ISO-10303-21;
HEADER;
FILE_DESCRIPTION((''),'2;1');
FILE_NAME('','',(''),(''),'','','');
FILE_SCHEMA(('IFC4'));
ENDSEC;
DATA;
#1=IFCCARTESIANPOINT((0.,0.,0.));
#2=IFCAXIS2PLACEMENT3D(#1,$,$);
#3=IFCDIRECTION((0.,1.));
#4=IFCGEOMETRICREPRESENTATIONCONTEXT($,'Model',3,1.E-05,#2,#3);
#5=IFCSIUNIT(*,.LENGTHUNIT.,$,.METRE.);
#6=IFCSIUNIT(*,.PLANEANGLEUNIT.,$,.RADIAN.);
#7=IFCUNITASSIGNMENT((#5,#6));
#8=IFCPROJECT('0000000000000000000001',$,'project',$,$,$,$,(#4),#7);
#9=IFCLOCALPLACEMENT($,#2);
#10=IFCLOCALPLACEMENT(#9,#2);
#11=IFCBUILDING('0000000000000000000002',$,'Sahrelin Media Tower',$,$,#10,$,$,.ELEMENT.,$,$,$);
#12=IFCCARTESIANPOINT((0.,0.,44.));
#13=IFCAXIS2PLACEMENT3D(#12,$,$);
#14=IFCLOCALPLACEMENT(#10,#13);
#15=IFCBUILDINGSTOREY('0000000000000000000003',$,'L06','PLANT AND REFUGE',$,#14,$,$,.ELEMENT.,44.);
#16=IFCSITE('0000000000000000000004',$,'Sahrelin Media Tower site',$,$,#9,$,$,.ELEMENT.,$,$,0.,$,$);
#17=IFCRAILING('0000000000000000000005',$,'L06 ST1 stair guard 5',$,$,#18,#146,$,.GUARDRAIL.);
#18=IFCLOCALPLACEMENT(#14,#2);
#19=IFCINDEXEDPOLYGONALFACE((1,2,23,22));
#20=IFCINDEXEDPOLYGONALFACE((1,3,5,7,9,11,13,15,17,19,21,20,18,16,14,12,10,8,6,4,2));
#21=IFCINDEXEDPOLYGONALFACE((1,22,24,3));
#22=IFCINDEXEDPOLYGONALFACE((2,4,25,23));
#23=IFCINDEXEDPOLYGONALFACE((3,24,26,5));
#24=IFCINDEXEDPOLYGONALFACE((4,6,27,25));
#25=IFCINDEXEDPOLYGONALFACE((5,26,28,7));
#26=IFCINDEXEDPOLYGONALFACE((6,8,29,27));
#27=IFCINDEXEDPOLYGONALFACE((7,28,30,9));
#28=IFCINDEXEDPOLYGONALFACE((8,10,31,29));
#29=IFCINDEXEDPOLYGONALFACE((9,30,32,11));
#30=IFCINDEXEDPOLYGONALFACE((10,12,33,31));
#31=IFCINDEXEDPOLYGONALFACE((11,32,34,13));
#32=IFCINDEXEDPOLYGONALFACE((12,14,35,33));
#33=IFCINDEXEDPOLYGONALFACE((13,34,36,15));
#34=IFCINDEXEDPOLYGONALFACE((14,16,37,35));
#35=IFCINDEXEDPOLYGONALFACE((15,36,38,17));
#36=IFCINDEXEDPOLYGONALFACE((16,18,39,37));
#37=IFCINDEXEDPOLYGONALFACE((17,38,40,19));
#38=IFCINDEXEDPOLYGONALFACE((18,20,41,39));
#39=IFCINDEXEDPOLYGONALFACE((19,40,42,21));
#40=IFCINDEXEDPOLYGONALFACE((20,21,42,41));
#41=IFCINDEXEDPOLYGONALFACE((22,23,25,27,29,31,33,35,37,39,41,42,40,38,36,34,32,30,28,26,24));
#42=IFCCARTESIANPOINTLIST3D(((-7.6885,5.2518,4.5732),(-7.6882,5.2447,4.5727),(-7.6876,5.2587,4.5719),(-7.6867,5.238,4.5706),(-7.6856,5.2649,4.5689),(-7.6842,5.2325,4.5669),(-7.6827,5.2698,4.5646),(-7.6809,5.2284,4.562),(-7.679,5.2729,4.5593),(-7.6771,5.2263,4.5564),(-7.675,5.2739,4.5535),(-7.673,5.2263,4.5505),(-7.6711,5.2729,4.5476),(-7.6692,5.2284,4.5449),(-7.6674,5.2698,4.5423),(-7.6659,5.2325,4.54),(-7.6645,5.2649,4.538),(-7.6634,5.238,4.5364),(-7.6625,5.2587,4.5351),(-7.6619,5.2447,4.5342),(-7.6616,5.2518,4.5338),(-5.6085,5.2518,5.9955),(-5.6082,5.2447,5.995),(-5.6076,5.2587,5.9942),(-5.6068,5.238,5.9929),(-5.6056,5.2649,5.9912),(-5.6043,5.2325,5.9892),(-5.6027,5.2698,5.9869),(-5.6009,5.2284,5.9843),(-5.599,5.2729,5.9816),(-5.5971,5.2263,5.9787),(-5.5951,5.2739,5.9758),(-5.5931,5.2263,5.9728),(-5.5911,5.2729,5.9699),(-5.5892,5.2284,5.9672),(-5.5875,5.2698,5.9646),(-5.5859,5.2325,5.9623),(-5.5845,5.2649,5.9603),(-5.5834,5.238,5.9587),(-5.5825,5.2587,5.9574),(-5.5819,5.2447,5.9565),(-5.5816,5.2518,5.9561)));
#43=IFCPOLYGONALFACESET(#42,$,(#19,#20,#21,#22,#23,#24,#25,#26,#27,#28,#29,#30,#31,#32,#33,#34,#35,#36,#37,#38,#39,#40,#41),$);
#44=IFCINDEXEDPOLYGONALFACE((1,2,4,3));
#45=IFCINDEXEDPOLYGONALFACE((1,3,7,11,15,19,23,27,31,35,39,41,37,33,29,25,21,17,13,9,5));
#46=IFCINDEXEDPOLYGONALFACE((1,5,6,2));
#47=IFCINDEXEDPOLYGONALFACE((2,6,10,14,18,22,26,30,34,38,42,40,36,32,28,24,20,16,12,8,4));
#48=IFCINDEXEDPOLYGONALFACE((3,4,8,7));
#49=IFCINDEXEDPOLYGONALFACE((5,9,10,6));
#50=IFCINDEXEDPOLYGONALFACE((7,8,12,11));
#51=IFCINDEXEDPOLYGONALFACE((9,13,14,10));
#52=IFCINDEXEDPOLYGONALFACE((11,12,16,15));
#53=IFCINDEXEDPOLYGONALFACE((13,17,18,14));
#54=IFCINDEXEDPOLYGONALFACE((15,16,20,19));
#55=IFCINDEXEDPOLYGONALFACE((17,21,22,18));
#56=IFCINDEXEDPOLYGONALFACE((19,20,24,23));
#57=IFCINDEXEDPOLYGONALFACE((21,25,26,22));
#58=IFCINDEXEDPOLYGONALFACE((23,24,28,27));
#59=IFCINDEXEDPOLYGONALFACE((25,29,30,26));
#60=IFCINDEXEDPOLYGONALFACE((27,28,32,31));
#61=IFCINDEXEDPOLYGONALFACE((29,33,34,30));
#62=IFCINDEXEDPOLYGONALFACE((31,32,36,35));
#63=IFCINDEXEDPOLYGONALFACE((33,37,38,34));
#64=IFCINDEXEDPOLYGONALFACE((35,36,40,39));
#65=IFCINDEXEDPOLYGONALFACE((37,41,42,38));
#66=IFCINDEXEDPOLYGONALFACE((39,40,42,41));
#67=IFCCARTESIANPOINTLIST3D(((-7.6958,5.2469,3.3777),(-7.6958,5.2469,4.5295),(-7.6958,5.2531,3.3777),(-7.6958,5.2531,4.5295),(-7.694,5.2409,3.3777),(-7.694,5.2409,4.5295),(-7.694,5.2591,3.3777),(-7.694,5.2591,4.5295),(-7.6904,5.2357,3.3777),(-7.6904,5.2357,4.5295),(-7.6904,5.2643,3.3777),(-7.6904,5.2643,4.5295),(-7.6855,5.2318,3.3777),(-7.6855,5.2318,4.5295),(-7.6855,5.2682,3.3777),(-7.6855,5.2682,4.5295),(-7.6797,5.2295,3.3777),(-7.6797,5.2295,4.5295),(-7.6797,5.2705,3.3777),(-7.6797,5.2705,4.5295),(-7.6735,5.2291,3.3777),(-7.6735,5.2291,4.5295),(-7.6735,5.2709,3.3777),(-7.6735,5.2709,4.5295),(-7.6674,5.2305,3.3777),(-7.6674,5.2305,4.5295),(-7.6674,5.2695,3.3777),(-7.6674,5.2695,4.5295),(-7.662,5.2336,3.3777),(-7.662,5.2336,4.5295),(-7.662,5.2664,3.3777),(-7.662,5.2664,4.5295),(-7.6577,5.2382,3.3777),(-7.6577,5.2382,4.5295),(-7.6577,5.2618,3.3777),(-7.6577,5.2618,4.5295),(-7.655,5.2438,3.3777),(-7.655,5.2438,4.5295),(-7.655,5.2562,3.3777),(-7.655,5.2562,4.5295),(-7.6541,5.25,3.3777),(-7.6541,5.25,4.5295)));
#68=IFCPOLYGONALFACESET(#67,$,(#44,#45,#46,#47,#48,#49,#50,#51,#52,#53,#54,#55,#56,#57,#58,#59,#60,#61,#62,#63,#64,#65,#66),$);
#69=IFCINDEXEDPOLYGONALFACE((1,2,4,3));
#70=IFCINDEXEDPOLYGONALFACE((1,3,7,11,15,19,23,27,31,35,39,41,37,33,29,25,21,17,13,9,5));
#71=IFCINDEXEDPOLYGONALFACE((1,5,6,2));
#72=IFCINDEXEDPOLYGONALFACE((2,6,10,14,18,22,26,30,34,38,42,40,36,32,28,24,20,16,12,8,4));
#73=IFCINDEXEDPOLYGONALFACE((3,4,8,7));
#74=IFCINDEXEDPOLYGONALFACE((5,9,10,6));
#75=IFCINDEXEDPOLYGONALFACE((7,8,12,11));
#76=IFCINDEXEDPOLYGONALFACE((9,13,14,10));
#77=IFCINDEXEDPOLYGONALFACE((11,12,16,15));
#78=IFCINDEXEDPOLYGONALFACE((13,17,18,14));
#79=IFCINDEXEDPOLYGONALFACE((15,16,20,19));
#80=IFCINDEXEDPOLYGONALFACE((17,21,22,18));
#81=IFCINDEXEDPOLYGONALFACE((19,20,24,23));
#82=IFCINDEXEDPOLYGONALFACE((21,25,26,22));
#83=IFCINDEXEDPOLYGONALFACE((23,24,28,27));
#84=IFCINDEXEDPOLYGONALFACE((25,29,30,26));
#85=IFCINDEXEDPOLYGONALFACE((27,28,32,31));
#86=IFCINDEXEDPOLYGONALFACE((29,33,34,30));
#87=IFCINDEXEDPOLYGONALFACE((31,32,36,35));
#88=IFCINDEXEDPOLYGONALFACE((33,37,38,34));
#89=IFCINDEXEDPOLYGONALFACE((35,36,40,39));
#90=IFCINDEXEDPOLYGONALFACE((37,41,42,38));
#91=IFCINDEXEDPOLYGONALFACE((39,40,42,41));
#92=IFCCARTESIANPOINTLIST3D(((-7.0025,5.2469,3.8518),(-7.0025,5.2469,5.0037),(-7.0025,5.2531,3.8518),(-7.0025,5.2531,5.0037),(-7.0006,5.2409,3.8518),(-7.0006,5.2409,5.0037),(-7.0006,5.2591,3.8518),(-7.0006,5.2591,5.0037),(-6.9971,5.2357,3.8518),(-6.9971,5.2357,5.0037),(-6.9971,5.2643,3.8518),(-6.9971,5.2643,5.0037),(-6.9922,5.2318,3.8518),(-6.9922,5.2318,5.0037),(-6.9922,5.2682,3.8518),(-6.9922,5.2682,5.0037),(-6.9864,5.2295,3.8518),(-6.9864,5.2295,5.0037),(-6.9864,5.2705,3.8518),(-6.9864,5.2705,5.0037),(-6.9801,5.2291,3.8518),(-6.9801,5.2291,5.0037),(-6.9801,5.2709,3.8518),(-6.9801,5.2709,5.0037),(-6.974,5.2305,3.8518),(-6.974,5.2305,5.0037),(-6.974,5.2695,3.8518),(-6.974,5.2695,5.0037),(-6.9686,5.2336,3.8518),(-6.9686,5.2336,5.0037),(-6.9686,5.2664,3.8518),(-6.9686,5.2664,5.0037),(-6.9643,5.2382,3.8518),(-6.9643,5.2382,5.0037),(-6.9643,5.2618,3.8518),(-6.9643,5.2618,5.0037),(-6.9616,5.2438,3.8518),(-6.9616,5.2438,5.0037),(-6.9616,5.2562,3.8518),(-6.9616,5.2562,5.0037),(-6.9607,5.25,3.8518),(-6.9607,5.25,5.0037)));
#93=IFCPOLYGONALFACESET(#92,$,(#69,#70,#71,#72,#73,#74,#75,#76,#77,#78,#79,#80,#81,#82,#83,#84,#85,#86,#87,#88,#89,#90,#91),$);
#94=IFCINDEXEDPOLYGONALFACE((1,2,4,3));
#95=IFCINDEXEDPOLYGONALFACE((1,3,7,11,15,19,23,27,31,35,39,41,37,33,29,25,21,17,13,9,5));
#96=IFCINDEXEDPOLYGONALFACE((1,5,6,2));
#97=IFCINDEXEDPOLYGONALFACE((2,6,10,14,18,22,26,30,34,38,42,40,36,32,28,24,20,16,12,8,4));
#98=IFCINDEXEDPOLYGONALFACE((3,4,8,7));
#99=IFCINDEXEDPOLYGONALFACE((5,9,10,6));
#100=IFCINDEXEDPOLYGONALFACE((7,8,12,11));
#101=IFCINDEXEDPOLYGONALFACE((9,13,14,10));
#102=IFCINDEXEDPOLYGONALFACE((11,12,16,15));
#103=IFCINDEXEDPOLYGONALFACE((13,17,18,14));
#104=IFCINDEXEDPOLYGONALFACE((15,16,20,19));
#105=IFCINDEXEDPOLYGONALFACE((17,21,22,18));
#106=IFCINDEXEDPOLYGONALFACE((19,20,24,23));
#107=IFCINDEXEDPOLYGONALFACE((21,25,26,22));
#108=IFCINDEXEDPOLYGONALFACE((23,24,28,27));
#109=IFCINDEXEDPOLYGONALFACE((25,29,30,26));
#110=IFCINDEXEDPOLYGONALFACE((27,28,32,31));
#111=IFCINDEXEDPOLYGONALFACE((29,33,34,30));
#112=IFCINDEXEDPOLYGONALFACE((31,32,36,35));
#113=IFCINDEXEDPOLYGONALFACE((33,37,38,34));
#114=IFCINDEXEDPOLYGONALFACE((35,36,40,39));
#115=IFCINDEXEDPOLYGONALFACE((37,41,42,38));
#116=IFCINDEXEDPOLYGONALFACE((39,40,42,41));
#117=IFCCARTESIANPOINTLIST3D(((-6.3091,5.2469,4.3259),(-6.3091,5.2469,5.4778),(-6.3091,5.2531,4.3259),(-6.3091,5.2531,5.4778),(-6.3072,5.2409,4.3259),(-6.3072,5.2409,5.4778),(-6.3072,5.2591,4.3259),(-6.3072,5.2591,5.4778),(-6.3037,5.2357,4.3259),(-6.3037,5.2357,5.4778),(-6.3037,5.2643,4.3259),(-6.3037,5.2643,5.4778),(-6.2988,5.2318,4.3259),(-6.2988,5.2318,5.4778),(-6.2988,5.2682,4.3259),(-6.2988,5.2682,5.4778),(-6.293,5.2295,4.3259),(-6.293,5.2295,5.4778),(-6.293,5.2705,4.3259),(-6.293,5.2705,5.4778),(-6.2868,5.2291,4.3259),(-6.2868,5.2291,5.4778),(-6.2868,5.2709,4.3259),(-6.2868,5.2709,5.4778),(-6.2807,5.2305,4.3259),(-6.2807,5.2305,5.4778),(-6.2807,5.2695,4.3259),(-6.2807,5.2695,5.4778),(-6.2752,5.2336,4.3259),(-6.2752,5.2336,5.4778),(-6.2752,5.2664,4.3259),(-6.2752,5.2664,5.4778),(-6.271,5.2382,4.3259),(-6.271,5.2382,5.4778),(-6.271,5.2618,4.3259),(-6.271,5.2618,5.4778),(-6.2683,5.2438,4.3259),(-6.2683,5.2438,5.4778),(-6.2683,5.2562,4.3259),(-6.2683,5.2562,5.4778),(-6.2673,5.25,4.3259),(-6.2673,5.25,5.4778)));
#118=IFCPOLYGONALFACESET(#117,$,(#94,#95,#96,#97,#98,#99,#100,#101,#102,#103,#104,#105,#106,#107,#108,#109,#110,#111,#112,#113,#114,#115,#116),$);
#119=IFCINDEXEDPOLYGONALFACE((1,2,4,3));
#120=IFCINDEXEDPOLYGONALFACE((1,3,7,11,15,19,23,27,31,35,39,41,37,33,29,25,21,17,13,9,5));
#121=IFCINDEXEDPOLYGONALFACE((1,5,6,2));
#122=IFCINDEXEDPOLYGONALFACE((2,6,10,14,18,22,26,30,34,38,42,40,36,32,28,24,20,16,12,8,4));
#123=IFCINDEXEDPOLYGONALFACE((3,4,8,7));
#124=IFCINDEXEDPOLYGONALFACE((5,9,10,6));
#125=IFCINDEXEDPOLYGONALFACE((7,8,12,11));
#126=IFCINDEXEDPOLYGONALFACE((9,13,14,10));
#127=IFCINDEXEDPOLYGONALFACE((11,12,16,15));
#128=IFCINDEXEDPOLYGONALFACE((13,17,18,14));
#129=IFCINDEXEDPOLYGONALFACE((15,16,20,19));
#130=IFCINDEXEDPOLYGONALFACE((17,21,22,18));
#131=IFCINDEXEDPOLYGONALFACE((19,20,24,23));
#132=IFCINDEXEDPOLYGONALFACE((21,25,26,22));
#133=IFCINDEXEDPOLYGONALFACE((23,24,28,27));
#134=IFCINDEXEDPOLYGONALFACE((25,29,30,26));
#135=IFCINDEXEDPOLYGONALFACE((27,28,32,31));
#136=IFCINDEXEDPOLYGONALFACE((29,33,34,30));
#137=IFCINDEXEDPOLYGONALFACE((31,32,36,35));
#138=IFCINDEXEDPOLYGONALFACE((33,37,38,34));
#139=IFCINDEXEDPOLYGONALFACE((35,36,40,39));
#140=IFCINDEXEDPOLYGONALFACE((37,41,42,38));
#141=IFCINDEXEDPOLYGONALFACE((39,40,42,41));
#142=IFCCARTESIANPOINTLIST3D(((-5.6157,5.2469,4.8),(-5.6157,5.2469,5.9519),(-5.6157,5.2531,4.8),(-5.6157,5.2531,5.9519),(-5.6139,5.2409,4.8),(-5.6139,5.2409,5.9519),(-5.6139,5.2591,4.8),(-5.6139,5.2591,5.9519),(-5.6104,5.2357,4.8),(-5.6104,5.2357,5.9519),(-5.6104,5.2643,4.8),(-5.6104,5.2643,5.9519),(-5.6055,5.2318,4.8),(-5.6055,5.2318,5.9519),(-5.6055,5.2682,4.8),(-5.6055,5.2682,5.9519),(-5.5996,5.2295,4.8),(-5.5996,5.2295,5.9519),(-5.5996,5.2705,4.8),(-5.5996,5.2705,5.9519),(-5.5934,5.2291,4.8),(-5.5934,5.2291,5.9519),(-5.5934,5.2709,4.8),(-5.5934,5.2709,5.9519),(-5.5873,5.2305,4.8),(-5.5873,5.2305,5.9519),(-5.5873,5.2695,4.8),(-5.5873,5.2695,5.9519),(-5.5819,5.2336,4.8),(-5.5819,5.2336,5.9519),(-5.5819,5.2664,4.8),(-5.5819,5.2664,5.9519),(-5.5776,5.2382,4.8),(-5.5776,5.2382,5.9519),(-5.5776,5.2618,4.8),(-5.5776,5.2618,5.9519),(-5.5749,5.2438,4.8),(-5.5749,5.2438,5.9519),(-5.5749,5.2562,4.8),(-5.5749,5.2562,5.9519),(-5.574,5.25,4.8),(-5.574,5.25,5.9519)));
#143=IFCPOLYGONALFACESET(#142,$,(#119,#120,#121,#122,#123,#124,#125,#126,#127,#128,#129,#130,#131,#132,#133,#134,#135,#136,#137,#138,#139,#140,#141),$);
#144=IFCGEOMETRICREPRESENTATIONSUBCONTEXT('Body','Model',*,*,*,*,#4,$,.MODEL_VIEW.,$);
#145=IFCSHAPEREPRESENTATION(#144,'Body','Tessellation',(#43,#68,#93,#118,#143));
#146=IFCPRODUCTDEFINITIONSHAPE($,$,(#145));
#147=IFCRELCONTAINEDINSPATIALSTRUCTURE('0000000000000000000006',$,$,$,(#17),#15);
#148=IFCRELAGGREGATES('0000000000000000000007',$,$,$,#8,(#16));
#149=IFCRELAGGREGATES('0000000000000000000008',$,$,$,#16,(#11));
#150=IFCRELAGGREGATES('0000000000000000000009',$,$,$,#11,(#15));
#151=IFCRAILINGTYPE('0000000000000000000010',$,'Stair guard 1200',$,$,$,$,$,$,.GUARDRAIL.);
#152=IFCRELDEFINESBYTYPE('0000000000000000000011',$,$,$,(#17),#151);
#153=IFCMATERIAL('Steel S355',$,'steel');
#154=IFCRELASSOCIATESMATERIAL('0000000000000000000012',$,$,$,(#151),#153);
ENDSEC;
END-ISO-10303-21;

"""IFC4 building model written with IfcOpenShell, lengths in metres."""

from ifc_helpers import new_model, si_unit, direction, frame, origin, origin_2d, place, context, subcontext, project, spatial, circle, extrude, material, type_object, element, save


model = new_model("IFC4")

# Units and contexts
model_context = context("Model", 3, precision=1e-05, world=origin(), true_north=direction((0.0, 1.0)))
body_context = subcontext(model_context, "Body", "Model", "MODEL_VIEW")
ifc_project = project(units=[si_unit("LENGTHUNIT", "METRE"), si_unit("PLANEANGLEUNIT", "RADIAN")], contexts=[model_context])

# Site, building, storey
site_placement = place(None, origin())
site = spatial("IfcSite", under=ifc_project, at=site_placement, Name="Sahrelin Media Tower site", CompositionType="ELEMENT", RefElevation=0.0)
building_placement = place(site_placement, origin())
building = spatial("IfcBuilding", under=site, at=building_placement, Name="Sahrelin Media Tower", CompositionType="ELEMENT")
storey_placement = place(building_placement, frame((0.0, 0.0, 44.0)))
storey = spatial("IfcBuildingStorey", under=building, at=storey_placement, Name="L06", Description="PLANT AND REFUGE", CompositionType="ELEMENT", Elevation=44.0)

# Railing
ifc_material_1 = material(Name="Steel S355", Category="steel")
railing_type_1 = type_object("IfcRailingType", Name="Stair guard 1200", PredefinedType="GUARDRAIL", material=ifc_material_1)
railing_1_placement = place(storey_placement, frame((-7.675, 5.25, 3.3777)))
element("IfcRailing", 1, at=railing_1_placement, inside=storey, type_object=railing_type_1, Name="L06 ST1 stair guard 5", PredefinedType="GUARDRAIL", context=body_context, shape_type="SweptSolid", body=[
    extrude(circle(Radius=0.0239, at=origin_2d()), frame((0.0, 0.0, 1.1758), z_axis=(0.825464, 0.0, 0.564455), x_axis=(0.0, 1.0, 0.0)), (0.0, 0.0, 1.0), 2.5198),
    extrude(circle(Radius=0.021, at=origin_2d()), origin(), (0.0, 0.0, 1.0), 1.1519),
    extrude(circle(Radius=0.021, at=origin_2d()), frame((0.6934, 0.0, 0.4741)), (0.0, 0.0, 1.0), 1.1519),
    extrude(circle(Radius=0.021, at=origin_2d()), frame((1.3867, 0.0, 0.9482)), (0.0, 0.0, 1.0), 1.1519),
    extrude(circle(Radius=0.021, at=origin_2d()), frame((2.0801, 0.0, 1.4224)), (0.0, 0.0, 1.0), 1.1519),
])

save(model, "model.ifc")
